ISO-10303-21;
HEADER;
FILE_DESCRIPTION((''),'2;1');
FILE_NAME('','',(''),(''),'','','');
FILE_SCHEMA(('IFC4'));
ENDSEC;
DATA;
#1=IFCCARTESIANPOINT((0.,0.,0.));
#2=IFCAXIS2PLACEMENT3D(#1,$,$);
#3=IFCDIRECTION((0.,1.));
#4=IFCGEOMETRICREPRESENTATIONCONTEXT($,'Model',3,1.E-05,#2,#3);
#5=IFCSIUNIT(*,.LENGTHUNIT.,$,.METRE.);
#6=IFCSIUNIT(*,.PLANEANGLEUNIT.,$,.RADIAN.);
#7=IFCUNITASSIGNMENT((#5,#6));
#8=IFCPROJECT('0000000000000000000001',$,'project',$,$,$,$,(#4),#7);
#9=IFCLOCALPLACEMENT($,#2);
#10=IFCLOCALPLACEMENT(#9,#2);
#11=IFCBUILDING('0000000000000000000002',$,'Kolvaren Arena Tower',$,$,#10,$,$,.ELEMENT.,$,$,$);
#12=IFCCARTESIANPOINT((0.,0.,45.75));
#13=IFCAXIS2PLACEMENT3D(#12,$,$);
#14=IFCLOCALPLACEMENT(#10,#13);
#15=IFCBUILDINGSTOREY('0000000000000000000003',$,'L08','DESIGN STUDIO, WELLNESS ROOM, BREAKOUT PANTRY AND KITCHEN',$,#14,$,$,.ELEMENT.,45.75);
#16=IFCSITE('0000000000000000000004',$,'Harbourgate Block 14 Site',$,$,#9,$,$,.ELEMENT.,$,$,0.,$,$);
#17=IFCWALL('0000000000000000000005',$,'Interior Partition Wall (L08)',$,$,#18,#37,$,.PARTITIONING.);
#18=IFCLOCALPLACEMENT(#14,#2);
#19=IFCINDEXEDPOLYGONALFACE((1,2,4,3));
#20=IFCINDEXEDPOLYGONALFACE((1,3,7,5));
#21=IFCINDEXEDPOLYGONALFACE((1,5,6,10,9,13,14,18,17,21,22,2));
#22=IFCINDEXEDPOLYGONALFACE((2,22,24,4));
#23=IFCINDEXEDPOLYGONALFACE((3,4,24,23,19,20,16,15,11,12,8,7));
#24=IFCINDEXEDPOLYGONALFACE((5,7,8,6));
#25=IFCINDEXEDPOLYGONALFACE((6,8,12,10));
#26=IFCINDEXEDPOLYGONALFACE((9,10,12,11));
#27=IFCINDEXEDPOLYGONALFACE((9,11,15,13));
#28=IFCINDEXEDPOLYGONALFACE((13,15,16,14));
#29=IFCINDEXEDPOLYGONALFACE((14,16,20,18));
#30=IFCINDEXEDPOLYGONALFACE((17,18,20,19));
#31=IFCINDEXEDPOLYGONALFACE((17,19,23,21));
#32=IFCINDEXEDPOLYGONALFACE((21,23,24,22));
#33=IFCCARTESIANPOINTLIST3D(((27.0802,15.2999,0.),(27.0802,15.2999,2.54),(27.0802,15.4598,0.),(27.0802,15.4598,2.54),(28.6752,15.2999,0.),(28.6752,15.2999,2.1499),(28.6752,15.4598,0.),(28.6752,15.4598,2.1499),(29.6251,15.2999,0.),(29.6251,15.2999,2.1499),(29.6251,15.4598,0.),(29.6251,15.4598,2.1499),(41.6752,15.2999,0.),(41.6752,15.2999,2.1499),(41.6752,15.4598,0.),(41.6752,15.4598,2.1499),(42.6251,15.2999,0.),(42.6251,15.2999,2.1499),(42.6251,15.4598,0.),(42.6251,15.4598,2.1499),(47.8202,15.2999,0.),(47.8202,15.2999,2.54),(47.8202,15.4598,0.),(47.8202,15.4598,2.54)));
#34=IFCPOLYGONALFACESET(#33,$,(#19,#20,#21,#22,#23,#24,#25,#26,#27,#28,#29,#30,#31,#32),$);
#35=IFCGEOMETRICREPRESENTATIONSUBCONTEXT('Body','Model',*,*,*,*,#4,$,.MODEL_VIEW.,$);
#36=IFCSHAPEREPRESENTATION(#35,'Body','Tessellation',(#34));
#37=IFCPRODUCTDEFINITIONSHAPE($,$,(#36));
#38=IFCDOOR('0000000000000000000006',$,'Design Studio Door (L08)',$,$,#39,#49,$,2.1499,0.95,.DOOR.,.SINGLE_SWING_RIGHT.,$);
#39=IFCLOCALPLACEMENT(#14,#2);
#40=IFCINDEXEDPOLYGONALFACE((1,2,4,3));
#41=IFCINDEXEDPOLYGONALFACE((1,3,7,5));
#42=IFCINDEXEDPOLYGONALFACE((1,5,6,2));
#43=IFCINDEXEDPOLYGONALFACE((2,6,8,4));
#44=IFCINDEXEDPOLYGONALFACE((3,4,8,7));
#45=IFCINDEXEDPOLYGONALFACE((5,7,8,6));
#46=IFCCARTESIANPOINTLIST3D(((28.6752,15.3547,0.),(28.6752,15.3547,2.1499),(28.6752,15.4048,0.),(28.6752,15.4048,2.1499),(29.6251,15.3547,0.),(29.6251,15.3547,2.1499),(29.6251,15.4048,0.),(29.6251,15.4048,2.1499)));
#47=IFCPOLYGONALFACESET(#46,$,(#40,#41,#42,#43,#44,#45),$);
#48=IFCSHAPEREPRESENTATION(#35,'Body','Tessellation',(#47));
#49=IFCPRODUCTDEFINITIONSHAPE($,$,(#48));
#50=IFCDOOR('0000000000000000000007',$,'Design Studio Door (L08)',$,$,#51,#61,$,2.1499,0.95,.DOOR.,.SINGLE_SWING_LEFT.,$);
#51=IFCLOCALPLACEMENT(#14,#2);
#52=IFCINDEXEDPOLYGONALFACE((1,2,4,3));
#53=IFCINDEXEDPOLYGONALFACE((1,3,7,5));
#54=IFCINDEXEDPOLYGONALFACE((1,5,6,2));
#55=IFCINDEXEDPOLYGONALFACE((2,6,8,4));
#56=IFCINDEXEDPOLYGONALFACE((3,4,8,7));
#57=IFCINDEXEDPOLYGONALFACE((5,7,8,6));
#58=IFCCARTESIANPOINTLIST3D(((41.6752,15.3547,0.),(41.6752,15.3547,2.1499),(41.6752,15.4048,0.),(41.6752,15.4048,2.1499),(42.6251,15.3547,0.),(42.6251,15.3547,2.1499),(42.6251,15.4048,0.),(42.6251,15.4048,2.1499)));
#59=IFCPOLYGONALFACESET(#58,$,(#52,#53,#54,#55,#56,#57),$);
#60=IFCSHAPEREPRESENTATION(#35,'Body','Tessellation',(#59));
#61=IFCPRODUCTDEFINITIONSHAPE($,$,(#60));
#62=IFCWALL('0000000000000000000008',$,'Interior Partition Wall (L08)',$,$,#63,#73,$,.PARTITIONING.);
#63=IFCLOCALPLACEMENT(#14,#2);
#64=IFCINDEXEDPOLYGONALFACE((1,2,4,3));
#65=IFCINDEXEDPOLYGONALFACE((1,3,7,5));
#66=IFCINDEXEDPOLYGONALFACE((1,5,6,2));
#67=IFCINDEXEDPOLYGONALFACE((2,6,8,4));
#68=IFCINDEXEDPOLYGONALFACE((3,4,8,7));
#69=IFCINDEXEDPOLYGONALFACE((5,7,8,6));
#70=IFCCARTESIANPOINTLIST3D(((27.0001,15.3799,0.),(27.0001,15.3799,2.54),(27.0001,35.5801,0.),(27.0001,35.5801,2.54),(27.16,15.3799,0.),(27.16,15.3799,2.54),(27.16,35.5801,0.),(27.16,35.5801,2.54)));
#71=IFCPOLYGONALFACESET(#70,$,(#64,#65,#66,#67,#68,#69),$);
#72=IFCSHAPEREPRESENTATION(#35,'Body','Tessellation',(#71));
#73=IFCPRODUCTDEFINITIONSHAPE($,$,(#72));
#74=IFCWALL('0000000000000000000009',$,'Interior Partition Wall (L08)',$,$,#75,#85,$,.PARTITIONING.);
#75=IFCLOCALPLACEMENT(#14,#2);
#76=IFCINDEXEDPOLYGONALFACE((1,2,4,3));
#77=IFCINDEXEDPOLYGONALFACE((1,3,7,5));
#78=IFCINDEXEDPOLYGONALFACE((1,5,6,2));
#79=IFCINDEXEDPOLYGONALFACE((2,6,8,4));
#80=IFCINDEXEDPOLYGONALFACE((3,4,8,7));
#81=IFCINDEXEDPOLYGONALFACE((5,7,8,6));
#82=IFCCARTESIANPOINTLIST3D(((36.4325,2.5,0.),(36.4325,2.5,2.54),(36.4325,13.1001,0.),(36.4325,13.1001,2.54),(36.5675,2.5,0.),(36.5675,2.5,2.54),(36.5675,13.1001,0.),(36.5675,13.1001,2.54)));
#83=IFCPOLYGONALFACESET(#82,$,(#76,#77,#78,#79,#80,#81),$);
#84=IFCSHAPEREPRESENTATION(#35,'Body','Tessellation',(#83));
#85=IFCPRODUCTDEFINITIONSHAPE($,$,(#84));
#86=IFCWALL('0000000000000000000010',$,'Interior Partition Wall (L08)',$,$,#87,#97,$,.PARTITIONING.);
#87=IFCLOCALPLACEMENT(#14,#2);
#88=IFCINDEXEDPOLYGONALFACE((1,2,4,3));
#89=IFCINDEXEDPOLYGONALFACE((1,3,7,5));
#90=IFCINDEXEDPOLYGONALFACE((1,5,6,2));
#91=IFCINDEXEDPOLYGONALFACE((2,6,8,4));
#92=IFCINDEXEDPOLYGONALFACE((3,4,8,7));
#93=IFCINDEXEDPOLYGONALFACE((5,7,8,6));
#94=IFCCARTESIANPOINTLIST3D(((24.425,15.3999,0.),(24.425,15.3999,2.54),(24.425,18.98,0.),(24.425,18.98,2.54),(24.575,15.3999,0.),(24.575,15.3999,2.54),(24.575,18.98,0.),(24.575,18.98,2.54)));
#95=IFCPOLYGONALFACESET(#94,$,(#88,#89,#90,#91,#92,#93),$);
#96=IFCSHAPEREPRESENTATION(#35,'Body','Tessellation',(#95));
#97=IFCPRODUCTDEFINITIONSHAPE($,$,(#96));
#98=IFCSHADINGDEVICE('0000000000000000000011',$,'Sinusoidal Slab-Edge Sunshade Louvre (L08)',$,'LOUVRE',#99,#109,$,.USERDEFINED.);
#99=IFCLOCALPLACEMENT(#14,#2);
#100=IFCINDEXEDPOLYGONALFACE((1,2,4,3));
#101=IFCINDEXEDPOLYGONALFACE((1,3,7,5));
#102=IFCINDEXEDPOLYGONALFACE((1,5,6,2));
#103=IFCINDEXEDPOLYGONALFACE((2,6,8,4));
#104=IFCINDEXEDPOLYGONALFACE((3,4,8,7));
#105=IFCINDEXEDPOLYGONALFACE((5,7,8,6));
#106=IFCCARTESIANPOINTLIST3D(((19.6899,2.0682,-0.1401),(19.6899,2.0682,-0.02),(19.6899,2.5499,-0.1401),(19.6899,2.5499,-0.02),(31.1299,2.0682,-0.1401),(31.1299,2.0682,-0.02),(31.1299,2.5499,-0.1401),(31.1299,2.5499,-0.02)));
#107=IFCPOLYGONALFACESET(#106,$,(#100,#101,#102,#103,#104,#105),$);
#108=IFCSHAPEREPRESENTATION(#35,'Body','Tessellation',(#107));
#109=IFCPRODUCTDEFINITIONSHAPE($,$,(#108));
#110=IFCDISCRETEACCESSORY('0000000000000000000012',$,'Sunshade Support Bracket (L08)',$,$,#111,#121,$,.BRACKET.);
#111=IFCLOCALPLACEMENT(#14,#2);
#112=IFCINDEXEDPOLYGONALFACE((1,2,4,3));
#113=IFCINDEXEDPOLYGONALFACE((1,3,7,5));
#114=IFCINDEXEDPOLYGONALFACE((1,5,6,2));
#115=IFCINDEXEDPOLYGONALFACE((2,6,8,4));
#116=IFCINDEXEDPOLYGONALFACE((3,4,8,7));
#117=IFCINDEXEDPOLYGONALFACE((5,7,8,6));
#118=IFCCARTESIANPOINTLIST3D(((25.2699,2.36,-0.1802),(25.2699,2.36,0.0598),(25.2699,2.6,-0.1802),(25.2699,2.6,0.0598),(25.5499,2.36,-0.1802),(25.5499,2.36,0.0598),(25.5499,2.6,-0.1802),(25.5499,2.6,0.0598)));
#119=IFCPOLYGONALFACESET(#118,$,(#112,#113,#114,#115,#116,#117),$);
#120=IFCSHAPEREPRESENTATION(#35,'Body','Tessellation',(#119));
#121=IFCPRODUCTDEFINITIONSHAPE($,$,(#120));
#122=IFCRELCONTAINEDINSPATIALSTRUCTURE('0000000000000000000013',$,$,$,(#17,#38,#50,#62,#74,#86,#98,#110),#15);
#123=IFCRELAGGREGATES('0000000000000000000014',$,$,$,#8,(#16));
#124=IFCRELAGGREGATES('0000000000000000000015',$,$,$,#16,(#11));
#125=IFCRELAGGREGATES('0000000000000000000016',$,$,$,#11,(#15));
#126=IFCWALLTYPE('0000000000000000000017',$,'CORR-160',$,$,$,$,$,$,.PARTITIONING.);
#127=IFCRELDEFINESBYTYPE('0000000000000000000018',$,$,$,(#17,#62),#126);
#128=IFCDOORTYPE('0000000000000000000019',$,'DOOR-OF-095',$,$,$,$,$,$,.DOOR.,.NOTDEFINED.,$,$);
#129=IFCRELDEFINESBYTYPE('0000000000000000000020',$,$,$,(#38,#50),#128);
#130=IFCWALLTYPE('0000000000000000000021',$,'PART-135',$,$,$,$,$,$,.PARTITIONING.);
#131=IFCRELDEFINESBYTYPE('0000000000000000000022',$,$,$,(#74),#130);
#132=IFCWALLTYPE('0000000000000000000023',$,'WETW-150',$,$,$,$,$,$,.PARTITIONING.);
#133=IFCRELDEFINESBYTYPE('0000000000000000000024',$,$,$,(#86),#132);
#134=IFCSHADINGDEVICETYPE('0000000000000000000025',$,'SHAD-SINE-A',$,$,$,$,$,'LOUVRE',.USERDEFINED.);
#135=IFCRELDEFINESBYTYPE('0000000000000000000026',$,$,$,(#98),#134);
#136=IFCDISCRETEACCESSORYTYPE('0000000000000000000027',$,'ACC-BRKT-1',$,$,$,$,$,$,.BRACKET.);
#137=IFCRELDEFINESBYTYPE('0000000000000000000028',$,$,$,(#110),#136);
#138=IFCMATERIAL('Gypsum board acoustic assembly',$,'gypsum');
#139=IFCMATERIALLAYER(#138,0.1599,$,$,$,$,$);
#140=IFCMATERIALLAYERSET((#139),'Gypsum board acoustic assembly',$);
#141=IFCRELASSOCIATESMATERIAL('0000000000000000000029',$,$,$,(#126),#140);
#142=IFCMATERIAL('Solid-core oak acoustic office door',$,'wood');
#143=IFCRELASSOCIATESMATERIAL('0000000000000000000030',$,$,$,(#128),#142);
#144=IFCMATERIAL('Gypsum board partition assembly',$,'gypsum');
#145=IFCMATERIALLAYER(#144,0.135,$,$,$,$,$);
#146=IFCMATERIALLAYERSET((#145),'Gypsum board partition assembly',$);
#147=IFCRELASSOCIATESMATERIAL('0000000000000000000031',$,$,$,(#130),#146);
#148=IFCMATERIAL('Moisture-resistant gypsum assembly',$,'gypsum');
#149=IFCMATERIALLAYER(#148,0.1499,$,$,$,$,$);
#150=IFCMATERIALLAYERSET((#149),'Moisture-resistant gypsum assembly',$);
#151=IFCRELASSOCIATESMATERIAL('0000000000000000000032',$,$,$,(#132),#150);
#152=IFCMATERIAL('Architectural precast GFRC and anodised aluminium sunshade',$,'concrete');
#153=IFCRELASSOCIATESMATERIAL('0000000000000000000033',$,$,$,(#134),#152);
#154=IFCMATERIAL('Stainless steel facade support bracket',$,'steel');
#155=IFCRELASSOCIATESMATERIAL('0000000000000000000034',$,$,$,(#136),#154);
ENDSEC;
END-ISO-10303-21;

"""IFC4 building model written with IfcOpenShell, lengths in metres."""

from ifc_helpers import new_model, si_unit, direction, frame, frame_2d, origin, origin_2d, place, context, subcontext, project, spatial, rectangle, extrude, material, layer, layer_set, type_object, element, fill, save


model = new_model("IFC4")

# Units and contexts
model_context = context("Model", 3, precision=1e-05, world=origin(), true_north=direction((0.0, 1.0)))
body_context = subcontext(model_context, "Body", "Model", "MODEL_VIEW")
ifc_project = project(units=[si_unit("LENGTHUNIT", "METRE"), si_unit("PLANEANGLEUNIT", "RADIAN")], contexts=[model_context])

# Site, building, storey
site_placement = place(None, origin())
site = spatial("IfcSite", under=ifc_project, at=site_placement, Name="Harbourgate Block 14 Site", CompositionType="ELEMENT", RefElevation=0.0)
building_placement = place(site_placement, origin())
building = spatial("IfcBuilding", under=site, at=building_placement, Name="Kolvaren Arena Tower", CompositionType="ELEMENT")
storey_placement = place(building_placement, frame((0.0, 0.0, 45.75)))
storey = spatial("IfcBuildingStorey", under=building, at=storey_placement, Name="L08", Description="DESIGN STUDIO, WELLNESS ROOM, BREAKOUT PANTRY AND KITCHEN", CompositionType="ELEMENT", Elevation=45.75)

# Wall, openings, doors
ifc_material_1 = material(Name="Gypsum board acoustic assembly", Category="gypsum")
ifc_layer_1 = layer(ifc_material_1, 0.1599)
ifc_layer_set_1 = layer_set([ifc_layer_1], Name="Gypsum board acoustic assembly")
wall_type_1 = type_object("IfcWallType", Name="CORR-160", PredefinedType="PARTITIONING", material=ifc_layer_set_1)
wall_1_placement = place(storey_placement, frame((27.0801, 15.3799, 0.0), z_axis=(0.0, 0.0, 1.0), x_axis=(1.0, 0.0, 0.0)))
wall_1 = element("IfcWall", 1, at=wall_1_placement, inside=storey, type_object=wall_type_1, Name="Interior Partition Wall (L08)", PredefinedType="PARTITIONING", context=body_context, shape_type="SweptSolid", body=[
    extrude(rectangle(XDim=20.74, YDim=0.1599, at=frame_2d((10.3701, 0.0))), origin(), (0.0, 0.0, 1.0), 2.54),
])
opening_1_placement = place(wall_1_placement, frame((1.595, 0.0, 0.0)))
opening_1 = element("IfcOpeningElement", 2, at=opening_1_placement, cuts=wall_1, PredefinedType="OPENING", context=body_context, shape_type="SweptSolid", body=[
    extrude(rectangle(XDim=0.95, YDim=2.1499, at=frame_2d((0.4751, 1.075))), frame((0.0, 0.0898, 0.0), z_axis=(0.0, -1.0, 0.0), x_axis=(1.0, 0.0, 0.0)), (0.0, 0.0, 1.0), 0.1799),
])
opening_2_placement = place(wall_1_placement, frame((14.595, 0.0, 0.0)))
opening_2 = element("IfcOpeningElement", 3, at=opening_2_placement, cuts=wall_1, PredefinedType="OPENING", context=body_context, shape_type="SweptSolid", body=[
    extrude(rectangle(XDim=0.95, YDim=2.1499, at=frame_2d((0.4751, 1.075))), frame((0.0, 0.0898, 0.0), z_axis=(0.0, -1.0, 0.0), x_axis=(1.0, 0.0, 0.0)), (0.0, 0.0, 1.0), 0.1799),
])
ifc_material_2 = material(Name="Solid-core oak acoustic office door", Category="wood")
door_type = type_object("IfcDoorType", Name="DOOR-OF-095", OperationType="NOTDEFINED", PredefinedType="DOOR", material=ifc_material_2)
door_1_placement = place(opening_1_placement, origin())
door_1 = element("IfcDoor", 4, at=door_1_placement, inside=storey, type_object=door_type, Name="Design Studio Door (L08)", OperationType="SINGLE_SWING_RIGHT", OverallHeight=2.1499, OverallWidth=0.95, PredefinedType="DOOR", context=body_context, shape_type="SweptSolid", body=[
    extrude(rectangle(XDim=0.95, YDim=2.1499, at=frame_2d((0.4751, 1.075))), frame((0.0, 0.0249, 0.0), z_axis=(0.0, -1.0, 0.0), x_axis=(1.0, 0.0, 0.0)), (0.0, 0.0, 1.0), 0.05),
])
fill(opening_1, door_1)
door_2_placement = place(opening_2_placement, origin())
door_2 = element("IfcDoor", 5, at=door_2_placement, inside=storey, type_object=door_type, Name="Design Studio Door (L08)", OperationType="SINGLE_SWING_LEFT", OverallHeight=2.1499, OverallWidth=0.95, PredefinedType="DOOR", context=body_context, shape_type="SweptSolid", body=[
    extrude(rectangle(XDim=0.95, YDim=2.1499, at=frame_2d((0.4751, 1.075))), frame((0.0, 0.0249, 0.0), z_axis=(0.0, -1.0, 0.0), x_axis=(1.0, 0.0, 0.0)), (0.0, 0.0, 1.0), 0.05),
])
fill(opening_2, door_2)

# Walls
wall_2_placement = place(storey_placement, frame((27.0801, 15.3799, 0.0), z_axis=(0.0, 0.0, 1.0), x_axis=(0.0, 1.0, 0.0)))
element("IfcWall", 6, at=wall_2_placement, inside=storey, type_object=wall_type_1, Name="Interior Partition Wall (L08)", PredefinedType="PARTITIONING", context=body_context, shape_type="SweptSolid", body=[
    extrude(rectangle(XDim=20.2002, YDim=0.1599, at=frame_2d((10.1001, 0.0))), origin(), (0.0, 0.0, 1.0), 2.54),
])
ifc_material_3 = material(Name="Gypsum board partition assembly", Category="gypsum")
ifc_layer_2 = layer(ifc_material_3, 0.135)
ifc_layer_set_2 = layer_set([ifc_layer_2], Name="Gypsum board partition assembly")
wall_type_2 = type_object("IfcWallType", Name="PART-135", PredefinedType="PARTITIONING", material=ifc_layer_set_2)
wall_3_placement = place(storey_placement, frame((36.5, 2.5, 0.0), z_axis=(0.0, 0.0, 1.0), x_axis=(0.0, 1.0, 0.0)))
element("IfcWall", 7, at=wall_3_placement, inside=storey, type_object=wall_type_2, Name="Interior Partition Wall (L08)", PredefinedType="PARTITIONING", context=body_context, shape_type="SweptSolid", body=[
    extrude(rectangle(XDim=10.6001, YDim=0.135, at=frame_2d((5.3, 0.0))), origin(), (0.0, 0.0, 1.0), 2.54),
])
ifc_material_4 = material(Name="Moisture-resistant gypsum assembly", Category="gypsum")
ifc_layer_3 = layer(ifc_material_4, 0.1499)
ifc_layer_set_3 = layer_set([ifc_layer_3], Name="Moisture-resistant gypsum assembly")
wall_type_3 = type_object("IfcWallType", Name="WETW-150", PredefinedType="PARTITIONING", material=ifc_layer_set_3)
wall_4_placement = place(storey_placement, frame((24.5, 15.3999, 0.0), z_axis=(0.0, 0.0, 1.0), x_axis=(0.0, 1.0, 0.0)))
element("IfcWall", 8, at=wall_4_placement, inside=storey, type_object=wall_type_3, Name="Interior Partition Wall (L08)", PredefinedType="PARTITIONING", context=body_context, shape_type="SweptSolid", body=[
    extrude(rectangle(XDim=3.5801, YDim=0.1499, at=frame_2d((1.79, 0.0))), origin(), (0.0, 0.0, 1.0), 2.54),
])

# Shading device
ifc_material_5 = material(Name="Architectural precast GFRC and anodised aluminium sunshade", Category="concrete")
shading_device_type = type_object("IfcShadingDeviceType", Name="SHAD-SINE-A", ElementType="LOUVRE", PredefinedType="USERDEFINED", material=ifc_material_5)
shading_device_placement = place(storey_placement, frame((25.4099, 2.3091, -0.1401), z_axis=(0.0, 0.0, 1.0), x_axis=(-1.0, 0.0, 0.0)))
element("IfcShadingDevice", 9, at=shading_device_placement, inside=storey, type_object=shading_device_type, Name="Sinusoidal Slab-Edge Sunshade Louvre (L08)", ObjectType="LOUVRE", PredefinedType="USERDEFINED", context=body_context, shape_type="SweptSolid", body=[
    extrude(rectangle(XDim=11.4399, YDim=0.4817, at=origin_2d()), origin(), (0.0, 0.0, 1.0), 0.1201),
])

# Discrete accessory
ifc_material_6 = material(Name="Stainless steel facade support bracket", Category="steel")
discrete_accessory_type = type_object("IfcDiscreteAccessoryType", Name="ACC-BRKT-1", PredefinedType="BRACKET", material=ifc_material_6)
discrete_accessory_placement = place(storey_placement, frame((25.4099, 2.48, -0.1802), z_axis=(0.0, 0.0, 1.0), x_axis=(-1.0, 0.0, 0.0)))
element("IfcDiscreteAccessory", 10, at=discrete_accessory_placement, inside=storey, type_object=discrete_accessory_type, Name="Sunshade Support Bracket (L08)", PredefinedType="BRACKET", context=body_context, shape_type="SweptSolid", body=[
    extrude(rectangle(XDim=0.28, YDim=0.24, at=origin_2d()), origin(), (0.0, 0.0, 1.0), 0.24),
])

save(model, "model.ifc")
